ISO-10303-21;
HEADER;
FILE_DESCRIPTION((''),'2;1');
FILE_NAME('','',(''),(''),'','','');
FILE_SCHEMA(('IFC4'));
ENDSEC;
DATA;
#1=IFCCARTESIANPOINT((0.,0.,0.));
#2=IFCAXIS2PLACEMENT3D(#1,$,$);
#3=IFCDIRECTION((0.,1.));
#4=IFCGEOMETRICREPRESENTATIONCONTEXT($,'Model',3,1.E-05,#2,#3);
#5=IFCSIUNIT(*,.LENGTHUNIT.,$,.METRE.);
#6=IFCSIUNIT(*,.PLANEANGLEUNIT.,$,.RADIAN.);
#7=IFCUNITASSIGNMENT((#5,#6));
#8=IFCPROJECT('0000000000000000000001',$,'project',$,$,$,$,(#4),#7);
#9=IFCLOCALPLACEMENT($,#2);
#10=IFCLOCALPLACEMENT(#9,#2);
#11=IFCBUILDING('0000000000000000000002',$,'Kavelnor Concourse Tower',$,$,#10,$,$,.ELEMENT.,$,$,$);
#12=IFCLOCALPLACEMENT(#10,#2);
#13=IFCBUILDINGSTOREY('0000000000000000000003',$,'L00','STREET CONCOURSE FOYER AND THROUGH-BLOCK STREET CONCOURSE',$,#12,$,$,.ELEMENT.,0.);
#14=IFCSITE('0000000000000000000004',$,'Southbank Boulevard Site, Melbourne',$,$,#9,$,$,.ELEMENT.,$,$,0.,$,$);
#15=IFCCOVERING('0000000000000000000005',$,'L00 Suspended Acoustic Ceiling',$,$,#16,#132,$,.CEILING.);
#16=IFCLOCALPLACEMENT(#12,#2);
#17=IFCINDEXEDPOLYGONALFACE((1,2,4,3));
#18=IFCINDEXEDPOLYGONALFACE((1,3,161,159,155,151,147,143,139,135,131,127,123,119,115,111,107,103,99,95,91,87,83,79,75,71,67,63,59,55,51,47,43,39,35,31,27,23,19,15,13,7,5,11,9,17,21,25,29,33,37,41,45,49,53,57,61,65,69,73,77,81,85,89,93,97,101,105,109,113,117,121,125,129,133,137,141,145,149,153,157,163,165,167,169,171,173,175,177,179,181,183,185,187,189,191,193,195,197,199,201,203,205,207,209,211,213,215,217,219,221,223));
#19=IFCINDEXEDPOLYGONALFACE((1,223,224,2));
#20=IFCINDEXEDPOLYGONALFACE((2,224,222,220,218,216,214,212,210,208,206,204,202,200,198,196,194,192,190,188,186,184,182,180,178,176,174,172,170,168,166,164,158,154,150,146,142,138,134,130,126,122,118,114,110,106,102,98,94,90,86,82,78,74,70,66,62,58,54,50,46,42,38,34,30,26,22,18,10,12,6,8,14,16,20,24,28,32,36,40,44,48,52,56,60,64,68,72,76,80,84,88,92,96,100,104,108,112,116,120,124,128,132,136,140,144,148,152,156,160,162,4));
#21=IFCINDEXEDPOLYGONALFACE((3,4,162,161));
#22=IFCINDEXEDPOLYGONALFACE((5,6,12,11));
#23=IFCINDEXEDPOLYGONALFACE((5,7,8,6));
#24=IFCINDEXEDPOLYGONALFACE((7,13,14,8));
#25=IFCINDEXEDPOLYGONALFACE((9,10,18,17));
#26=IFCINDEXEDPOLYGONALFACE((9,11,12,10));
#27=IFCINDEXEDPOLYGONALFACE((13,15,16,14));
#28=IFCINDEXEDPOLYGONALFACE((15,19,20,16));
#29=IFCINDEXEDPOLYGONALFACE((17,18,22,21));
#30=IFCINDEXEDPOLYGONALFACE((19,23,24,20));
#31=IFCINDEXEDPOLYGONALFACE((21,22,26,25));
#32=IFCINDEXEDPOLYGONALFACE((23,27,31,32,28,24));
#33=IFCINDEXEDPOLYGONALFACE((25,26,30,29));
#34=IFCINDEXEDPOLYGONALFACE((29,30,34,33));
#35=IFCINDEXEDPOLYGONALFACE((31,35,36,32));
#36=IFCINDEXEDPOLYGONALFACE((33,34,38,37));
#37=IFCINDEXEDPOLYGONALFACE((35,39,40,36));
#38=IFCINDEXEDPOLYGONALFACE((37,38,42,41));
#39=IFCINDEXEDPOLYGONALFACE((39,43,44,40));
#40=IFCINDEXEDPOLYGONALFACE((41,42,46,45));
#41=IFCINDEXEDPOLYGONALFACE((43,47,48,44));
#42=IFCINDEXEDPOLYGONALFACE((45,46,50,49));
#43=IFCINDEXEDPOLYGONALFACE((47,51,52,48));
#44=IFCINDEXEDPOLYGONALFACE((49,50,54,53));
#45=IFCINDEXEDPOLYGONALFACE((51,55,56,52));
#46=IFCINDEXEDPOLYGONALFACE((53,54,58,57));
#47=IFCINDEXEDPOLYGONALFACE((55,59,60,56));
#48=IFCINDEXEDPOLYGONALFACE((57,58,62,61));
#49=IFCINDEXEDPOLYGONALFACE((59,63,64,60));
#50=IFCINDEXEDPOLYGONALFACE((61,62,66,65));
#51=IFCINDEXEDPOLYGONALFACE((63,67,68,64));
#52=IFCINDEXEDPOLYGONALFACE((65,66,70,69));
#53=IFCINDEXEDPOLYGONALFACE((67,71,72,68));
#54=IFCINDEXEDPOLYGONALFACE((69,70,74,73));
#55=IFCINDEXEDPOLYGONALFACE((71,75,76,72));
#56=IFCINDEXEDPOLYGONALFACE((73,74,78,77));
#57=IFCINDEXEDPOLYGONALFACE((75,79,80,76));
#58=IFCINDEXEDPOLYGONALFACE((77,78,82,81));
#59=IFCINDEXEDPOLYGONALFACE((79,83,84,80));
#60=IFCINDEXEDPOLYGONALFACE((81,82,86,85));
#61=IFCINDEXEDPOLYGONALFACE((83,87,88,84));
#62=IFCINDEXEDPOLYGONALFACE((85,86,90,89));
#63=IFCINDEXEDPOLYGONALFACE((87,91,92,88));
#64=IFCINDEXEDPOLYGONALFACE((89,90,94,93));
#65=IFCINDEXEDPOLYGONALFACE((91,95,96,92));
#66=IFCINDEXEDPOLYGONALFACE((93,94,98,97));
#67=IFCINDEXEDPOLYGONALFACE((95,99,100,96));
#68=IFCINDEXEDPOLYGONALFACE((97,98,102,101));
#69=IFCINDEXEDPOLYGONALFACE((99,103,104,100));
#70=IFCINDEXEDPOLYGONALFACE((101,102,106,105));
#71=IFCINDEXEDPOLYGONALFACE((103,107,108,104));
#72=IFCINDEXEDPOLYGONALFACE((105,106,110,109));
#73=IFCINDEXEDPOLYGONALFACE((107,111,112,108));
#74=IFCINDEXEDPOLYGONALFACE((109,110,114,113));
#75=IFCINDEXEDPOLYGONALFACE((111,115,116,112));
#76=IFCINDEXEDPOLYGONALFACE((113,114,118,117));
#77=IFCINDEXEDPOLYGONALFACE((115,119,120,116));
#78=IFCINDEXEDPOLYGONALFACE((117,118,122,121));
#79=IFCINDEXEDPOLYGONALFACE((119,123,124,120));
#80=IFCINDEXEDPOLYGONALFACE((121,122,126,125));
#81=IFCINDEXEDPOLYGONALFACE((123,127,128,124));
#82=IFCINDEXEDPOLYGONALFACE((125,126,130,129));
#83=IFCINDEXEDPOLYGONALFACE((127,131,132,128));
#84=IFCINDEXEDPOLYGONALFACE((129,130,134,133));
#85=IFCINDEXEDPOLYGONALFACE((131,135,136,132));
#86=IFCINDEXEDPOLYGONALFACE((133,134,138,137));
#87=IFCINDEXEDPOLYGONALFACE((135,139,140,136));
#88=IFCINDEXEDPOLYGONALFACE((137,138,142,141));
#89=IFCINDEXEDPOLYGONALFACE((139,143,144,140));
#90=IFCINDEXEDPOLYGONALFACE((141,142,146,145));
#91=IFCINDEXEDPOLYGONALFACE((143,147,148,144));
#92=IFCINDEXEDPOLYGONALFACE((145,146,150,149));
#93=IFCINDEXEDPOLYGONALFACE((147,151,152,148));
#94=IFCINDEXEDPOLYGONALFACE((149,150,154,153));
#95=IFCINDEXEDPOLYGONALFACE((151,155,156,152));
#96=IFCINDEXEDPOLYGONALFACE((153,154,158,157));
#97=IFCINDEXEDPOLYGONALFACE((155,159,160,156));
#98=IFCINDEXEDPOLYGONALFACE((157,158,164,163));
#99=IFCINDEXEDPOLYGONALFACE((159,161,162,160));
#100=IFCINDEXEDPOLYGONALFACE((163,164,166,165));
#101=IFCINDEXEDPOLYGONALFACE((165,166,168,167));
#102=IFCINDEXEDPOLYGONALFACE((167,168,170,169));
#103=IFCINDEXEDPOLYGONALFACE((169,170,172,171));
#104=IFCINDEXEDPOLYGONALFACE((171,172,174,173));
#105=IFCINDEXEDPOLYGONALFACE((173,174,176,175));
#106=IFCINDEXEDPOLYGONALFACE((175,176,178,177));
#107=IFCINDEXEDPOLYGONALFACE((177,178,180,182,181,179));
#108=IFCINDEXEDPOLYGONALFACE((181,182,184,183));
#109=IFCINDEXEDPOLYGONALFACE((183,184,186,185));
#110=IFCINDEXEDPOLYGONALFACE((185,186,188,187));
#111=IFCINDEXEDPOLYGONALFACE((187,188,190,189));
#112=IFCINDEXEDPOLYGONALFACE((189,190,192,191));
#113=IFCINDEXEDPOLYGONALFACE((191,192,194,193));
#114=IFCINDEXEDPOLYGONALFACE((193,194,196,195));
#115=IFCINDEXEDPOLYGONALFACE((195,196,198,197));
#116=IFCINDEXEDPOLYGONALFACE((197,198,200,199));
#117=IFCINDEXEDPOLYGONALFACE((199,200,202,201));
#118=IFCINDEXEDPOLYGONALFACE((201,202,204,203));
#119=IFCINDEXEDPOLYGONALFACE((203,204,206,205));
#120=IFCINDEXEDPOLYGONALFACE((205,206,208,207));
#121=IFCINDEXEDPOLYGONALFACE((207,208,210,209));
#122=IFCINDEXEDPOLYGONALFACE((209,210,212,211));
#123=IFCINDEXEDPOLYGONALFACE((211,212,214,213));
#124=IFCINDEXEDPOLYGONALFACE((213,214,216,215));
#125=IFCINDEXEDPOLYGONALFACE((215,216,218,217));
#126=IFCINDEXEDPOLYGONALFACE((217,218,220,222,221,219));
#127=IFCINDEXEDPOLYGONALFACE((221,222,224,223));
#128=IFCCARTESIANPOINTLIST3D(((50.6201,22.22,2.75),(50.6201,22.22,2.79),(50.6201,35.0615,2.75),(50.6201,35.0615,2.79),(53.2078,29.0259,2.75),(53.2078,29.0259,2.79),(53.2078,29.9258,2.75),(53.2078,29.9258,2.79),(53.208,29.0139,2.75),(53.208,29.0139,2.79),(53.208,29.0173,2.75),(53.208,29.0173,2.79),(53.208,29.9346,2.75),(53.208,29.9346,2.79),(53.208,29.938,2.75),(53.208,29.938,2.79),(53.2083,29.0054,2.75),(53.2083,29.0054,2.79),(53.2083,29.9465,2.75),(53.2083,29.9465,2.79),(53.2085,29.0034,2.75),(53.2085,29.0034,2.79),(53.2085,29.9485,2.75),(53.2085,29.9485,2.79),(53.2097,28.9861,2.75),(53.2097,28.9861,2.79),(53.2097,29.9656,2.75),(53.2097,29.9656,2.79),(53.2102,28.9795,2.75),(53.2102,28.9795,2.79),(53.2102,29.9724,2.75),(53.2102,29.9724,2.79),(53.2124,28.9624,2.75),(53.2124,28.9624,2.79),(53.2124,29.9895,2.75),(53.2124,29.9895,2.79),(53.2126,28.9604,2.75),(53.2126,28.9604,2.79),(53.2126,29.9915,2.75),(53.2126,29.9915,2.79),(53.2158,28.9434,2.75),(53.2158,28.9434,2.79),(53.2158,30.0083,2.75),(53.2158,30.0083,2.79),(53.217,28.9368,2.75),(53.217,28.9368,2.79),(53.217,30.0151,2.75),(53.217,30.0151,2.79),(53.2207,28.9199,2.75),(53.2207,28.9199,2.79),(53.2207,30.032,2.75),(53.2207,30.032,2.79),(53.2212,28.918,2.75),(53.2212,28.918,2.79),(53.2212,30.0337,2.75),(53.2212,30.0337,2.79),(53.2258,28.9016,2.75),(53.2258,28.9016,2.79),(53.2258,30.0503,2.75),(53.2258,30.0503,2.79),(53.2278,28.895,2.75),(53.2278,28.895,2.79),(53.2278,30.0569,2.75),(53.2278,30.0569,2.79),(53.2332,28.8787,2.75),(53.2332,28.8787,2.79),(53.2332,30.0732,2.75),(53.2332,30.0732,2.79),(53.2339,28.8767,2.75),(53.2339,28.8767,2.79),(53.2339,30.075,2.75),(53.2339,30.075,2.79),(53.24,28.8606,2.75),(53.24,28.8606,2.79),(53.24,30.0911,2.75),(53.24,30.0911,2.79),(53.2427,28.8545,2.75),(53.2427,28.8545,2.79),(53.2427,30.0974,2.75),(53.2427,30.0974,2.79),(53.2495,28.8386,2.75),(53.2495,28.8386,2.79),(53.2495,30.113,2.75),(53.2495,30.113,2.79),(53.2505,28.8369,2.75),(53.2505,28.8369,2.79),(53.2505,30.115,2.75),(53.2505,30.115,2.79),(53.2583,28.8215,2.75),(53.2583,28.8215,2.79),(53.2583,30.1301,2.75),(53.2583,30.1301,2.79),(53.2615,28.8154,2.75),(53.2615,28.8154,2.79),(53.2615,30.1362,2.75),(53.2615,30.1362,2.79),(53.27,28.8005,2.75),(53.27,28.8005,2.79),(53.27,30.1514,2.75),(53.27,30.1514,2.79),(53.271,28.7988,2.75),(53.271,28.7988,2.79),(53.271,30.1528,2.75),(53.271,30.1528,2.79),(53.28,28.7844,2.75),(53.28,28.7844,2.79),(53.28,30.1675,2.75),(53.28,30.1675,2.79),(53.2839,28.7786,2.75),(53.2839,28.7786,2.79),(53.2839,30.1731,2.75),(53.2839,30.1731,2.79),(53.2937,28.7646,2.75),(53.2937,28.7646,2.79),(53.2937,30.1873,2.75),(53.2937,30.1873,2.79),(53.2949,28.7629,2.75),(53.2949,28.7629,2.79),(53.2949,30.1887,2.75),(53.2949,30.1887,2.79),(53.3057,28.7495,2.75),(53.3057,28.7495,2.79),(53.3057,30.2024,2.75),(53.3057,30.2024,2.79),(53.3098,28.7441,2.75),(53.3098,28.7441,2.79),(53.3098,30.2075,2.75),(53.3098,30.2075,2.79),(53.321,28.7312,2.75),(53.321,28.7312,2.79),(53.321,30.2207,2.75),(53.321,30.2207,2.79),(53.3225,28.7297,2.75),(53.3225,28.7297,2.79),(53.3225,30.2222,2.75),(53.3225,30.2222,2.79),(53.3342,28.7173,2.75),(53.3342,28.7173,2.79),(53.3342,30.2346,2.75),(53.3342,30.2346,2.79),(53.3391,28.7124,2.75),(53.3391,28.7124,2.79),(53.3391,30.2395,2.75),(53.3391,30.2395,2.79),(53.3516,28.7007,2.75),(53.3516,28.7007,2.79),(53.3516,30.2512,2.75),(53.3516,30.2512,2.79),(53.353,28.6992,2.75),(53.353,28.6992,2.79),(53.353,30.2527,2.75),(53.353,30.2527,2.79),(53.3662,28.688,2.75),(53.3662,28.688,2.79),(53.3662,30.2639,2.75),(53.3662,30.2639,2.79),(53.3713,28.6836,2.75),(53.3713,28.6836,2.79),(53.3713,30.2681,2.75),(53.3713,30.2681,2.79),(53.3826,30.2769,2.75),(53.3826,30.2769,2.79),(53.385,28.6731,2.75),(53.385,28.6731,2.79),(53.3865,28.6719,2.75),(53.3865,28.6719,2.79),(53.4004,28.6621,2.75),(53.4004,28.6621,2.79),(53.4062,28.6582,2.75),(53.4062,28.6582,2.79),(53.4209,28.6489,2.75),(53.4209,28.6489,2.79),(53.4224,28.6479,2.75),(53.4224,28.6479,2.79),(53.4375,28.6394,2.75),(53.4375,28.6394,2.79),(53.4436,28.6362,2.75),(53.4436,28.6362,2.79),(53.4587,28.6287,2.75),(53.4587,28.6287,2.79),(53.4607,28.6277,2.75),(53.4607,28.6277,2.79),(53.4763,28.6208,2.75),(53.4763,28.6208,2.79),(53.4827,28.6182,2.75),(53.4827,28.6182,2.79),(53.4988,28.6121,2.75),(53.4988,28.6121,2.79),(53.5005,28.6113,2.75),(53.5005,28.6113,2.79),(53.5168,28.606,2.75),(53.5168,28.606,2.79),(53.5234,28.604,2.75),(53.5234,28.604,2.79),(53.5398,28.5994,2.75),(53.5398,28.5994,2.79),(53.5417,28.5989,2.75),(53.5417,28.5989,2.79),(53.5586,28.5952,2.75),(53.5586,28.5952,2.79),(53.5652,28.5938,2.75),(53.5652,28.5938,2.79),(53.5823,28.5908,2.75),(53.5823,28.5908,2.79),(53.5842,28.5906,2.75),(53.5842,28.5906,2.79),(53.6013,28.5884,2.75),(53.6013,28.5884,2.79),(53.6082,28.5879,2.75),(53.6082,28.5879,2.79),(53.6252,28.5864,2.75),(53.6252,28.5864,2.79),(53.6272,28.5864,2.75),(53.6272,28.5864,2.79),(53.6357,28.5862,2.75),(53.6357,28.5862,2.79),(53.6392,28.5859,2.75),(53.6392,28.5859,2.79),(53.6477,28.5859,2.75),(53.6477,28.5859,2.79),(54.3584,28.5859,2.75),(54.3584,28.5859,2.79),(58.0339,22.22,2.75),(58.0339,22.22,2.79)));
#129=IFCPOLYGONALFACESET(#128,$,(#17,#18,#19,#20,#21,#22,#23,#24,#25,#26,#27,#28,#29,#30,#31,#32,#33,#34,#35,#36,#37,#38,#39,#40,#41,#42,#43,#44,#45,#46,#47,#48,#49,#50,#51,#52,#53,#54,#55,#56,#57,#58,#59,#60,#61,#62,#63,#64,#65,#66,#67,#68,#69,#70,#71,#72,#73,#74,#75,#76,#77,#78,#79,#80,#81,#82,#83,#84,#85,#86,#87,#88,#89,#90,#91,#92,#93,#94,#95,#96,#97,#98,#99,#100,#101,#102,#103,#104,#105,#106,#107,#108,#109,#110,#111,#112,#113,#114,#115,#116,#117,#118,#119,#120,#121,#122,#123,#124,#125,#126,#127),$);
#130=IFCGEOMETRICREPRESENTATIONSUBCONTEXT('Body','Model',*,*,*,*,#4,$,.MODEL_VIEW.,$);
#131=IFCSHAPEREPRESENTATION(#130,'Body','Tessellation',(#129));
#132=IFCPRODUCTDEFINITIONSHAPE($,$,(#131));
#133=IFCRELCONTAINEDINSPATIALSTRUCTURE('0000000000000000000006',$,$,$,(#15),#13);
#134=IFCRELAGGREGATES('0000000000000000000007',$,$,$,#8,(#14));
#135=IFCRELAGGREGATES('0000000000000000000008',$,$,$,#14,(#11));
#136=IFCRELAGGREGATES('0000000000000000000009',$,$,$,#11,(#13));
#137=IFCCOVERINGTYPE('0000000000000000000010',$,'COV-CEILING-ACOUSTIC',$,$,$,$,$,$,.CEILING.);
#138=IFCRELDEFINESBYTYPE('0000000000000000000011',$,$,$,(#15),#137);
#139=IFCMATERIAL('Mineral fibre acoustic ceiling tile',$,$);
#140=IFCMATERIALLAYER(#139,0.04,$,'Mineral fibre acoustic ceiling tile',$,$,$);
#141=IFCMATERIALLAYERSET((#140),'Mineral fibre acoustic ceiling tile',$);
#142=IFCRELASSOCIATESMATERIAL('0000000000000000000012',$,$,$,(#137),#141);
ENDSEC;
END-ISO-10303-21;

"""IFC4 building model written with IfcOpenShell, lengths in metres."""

from ifc_helpers import new_model, si_unit, direction, frame, origin, place, context, subcontext, project, spatial, polyline, outline, extrude, material, layer, layer_set, type_object, element, save


model = new_model("IFC4")

# Units and contexts
model_context = context("Model", 3, precision=1e-05, world=origin(), true_north=direction((0.0, 1.0)))
body_context = subcontext(model_context, "Body", "Model", "MODEL_VIEW")
ifc_project = project(units=[si_unit("LENGTHUNIT", "METRE"), si_unit("PLANEANGLEUNIT", "RADIAN")], contexts=[model_context])

# Site, building, storey
site_placement = place(None, origin())
site = spatial("IfcSite", under=ifc_project, at=site_placement, Name="Southbank Boulevard Site, Melbourne", CompositionType="ELEMENT", RefElevation=0.0)
building_placement = place(site_placement, origin())
building = spatial("IfcBuilding", under=site, at=building_placement, Name="Kavelnor Concourse Tower", CompositionType="ELEMENT")
storey_placement = place(building_placement, origin())
storey = spatial("IfcBuildingStorey", under=building, at=storey_placement, Name="L00", Description="STREET CONCOURSE FOYER AND THROUGH-BLOCK STREET CONCOURSE", CompositionType="ELEMENT", Elevation=0.0)

# Covering
ifc_material_1 = material(Name="Mineral fibre acoustic ceiling tile")
ifc_layer_1 = layer(ifc_material_1, 0.04, Name="Mineral fibre acoustic ceiling tile")
ifc_layer_set_1 = layer_set([ifc_layer_1], Name="Mineral fibre acoustic ceiling tile")
covering_type_1 = type_object("IfcCoveringType", Name="COV-CEILING-ACOUSTIC", PredefinedType="CEILING", material=ifc_layer_set_1)
covering_1_placement = place(storey_placement, frame((0.0, 0.0, 2.75)))
element("IfcCovering", 1, at=covering_1_placement, inside=storey, type_object=covering_type_1, Name="L00 Suspended Acoustic Ceiling", PredefinedType="CEILING", context=body_context, shape_type="SweptSolid", body=[
    extrude(outline(polyline([(53.3826, 30.2769), (53.3713, 30.2681), (53.3662, 30.2639), (53.353, 30.2527), (53.3516, 30.2512), (53.3391, 30.2395), (53.3342, 30.2346), (53.3225, 30.2222), (53.321, 30.2207), (53.3098, 30.2075), (53.3057, 30.2024), (53.2949, 30.1887), (53.2937, 30.1873), (53.2839, 30.1731), (53.28, 30.1675), (53.271, 30.1528), (53.27, 30.1514), (53.2615, 30.1362), (53.2583, 30.1301), (53.2505, 30.115), (53.2495, 30.113), (53.2427, 30.0974), (53.24, 30.0911), (53.2339, 30.075), (53.2332, 30.0732), (53.2278, 30.0569), (53.2258, 30.0503), (53.2212, 30.0337), (53.2207, 30.032), (53.217, 30.0151), (53.2158, 30.0083), (53.2126, 29.9915), (53.2124, 29.9895), (53.2102, 29.9724), (53.2097, 29.9656), (53.2085, 29.9485), (53.2083, 29.9465), (53.208, 29.938), (53.208, 29.9346), (53.2078, 29.9258), (53.2078, 29.0259), (53.208, 29.0173), (53.208, 29.0139), (53.2083, 29.0054), (53.2085, 29.0034), (53.2097, 28.9861), (53.2102, 28.9795), (53.2124, 28.9624), (53.2126, 28.9604), (53.2158, 28.9434), (53.217, 28.9368), (53.2207, 28.9199), (53.2212, 28.918), (53.2258, 28.9016), (53.2278, 28.895), (53.2332, 28.8787), (53.2339, 28.8767), (53.24, 28.8606), (53.2427, 28.8545), (53.2495, 28.8386), (53.2505, 28.8369), (53.2583, 28.8215), (53.2615, 28.8154), (53.27, 28.8005), (53.271, 28.7988), (53.28, 28.7844), (53.2839, 28.7786), (53.2937, 28.7646), (53.2949, 28.7629), (53.3057, 28.7495), (53.3098, 28.7441), (53.321, 28.7312), (53.3225, 28.7297), (53.3342, 28.7173), (53.3391, 28.7124), (53.3516, 28.7007), (53.353, 28.6992), (53.3662, 28.688), (53.3713, 28.6836), (53.385, 28.6731), (53.3865, 28.6719), (53.4004, 28.6621), (53.4062, 28.6582), (53.4209, 28.6489), (53.4224, 28.6479), (53.4375, 28.6394), (53.4436, 28.6362), (53.4587, 28.6287), (53.4607, 28.6277), (53.4763, 28.6208), (53.4827, 28.6182), (53.4988, 28.6121), (53.5005, 28.6113), (53.5168, 28.606), (53.5234, 28.604), (53.5398, 28.5994), (53.5417, 28.5989), (53.5586, 28.5952), (53.5652, 28.5938), (53.5823, 28.5908), (53.5842, 28.5906), (53.6013, 28.5884), (53.6082, 28.5879), (53.6252, 28.5864), (53.6272, 28.5864), (53.6357, 28.5862), (53.6392, 28.5859), (53.6477, 28.5859), (54.3584, 28.5859), (58.0339, 22.22), (50.6201, 22.22), (50.6201, 35.0615), (53.3826, 30.2769)])), origin(), (0.0, 0.0, 1.0), 0.04),
])

save(model, "model.ifc")
